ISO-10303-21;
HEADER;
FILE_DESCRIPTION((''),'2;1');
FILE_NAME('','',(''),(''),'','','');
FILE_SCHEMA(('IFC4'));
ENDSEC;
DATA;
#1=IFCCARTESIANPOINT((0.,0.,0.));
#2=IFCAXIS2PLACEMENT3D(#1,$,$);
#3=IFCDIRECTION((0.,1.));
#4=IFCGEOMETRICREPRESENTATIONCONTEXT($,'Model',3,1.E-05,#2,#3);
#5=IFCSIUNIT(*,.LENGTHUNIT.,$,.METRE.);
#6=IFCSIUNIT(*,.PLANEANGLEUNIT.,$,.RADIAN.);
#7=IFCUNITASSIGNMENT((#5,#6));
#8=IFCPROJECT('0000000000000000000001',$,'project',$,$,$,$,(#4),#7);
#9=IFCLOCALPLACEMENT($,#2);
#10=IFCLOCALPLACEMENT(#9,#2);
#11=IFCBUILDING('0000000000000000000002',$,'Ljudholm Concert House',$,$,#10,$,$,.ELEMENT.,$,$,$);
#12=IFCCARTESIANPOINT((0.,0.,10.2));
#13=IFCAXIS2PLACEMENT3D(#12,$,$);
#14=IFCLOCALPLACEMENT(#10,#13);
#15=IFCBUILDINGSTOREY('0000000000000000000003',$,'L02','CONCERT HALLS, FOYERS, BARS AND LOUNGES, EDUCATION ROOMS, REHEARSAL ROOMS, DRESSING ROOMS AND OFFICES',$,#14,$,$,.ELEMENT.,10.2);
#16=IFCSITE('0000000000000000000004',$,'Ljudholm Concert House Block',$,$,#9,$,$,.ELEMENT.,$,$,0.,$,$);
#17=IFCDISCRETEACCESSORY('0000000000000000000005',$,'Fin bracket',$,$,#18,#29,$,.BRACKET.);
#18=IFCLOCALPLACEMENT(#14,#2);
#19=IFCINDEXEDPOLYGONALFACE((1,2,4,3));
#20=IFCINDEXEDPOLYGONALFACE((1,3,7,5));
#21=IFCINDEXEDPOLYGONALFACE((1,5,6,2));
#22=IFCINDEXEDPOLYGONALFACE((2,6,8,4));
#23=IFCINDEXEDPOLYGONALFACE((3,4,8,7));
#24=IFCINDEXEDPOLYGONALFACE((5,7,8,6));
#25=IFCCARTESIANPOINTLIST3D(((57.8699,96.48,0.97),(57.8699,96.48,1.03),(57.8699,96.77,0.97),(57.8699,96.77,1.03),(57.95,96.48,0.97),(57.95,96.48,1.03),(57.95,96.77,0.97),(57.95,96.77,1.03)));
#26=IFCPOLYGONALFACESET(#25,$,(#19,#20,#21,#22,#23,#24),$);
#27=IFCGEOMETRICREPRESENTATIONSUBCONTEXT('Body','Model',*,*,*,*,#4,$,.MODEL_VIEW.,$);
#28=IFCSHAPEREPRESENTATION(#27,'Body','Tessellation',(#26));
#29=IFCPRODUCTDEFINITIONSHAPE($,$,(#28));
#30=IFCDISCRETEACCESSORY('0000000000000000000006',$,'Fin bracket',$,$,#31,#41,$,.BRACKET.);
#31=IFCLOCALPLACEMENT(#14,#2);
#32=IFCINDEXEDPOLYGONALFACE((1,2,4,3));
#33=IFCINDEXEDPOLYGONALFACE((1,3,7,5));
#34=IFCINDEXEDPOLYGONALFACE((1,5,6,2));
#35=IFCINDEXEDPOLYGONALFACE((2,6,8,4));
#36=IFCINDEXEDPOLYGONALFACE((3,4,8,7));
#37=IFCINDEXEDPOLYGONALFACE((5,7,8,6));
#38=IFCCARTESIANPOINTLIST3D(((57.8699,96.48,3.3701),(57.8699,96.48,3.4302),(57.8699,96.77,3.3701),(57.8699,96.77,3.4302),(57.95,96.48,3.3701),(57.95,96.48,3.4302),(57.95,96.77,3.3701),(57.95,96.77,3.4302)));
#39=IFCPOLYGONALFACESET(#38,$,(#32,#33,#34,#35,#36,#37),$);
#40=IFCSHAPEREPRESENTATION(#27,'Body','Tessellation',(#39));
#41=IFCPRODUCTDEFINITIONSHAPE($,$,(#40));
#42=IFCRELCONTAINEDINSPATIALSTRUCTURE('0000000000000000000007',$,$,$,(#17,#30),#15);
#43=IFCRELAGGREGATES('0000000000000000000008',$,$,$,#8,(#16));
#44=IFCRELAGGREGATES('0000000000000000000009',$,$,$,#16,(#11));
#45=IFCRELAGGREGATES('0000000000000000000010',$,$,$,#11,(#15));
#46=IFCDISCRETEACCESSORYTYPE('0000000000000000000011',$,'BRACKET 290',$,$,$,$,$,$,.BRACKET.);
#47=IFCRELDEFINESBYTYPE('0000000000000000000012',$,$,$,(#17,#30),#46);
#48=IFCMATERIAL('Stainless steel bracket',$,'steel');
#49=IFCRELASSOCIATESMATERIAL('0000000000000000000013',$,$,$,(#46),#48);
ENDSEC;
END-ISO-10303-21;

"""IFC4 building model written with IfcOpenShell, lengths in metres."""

from ifc_helpers import new_model, si_unit, direction, frame, origin, origin_2d, place, context, subcontext, project, spatial, rectangle, extrude, material, type_object, element, save


model = new_model("IFC4")

# Units and contexts
model_context = context("Model", 3, precision=1e-05, world=origin(), true_north=direction((0.0, 1.0)))
body_context = subcontext(model_context, "Body", "Model", "MODEL_VIEW")
ifc_project = project(units=[si_unit("LENGTHUNIT", "METRE"), si_unit("PLANEANGLEUNIT", "RADIAN")], contexts=[model_context])

# Site, building, storey
site_placement = place(None, origin())
site = spatial("IfcSite", under=ifc_project, at=site_placement, Name="Ljudholm Concert House Block", CompositionType="ELEMENT", RefElevation=0.0)
building_placement = place(site_placement, origin())
building = spatial("IfcBuilding", under=site, at=building_placement, Name="Ljudholm Concert House", CompositionType="ELEMENT")
storey_placement = place(building_placement, frame((0.0, 0.0, 10.2)))
storey = spatial("IfcBuildingStorey", under=building, at=storey_placement, Name="L02", Description="CONCERT HALLS, FOYERS, BARS AND LOUNGES, EDUCATION ROOMS, REHEARSAL ROOMS, DRESSING ROOMS AND OFFICES", CompositionType="ELEMENT", Elevation=10.2)

# Discrete accessories
ifc_material_1 = material(Name="Stainless steel bracket", Category="steel")
discrete_accessory_type = type_object("IfcDiscreteAccessoryType", Name="BRACKET 290", PredefinedType="BRACKET", material=ifc_material_1)
for number, where, z_axis, x_axis, name in (
    (1, (57.9099, 96.625, 0.97), (0.0, 0.0, 1.0), (0.0, 1.0, 0.0), "Fin bracket"),
    (2, (57.9099, 96.625, 3.3701), (0.0, 0.0, 1.0), (0.0, 1.0, 0.0), "Fin bracket"),
):
    element("IfcDiscreteAccessory", number, at=place(storey_placement, frame(where, z_axis=z_axis, x_axis=x_axis)), inside=storey, type_object=discrete_accessory_type, Name=name, PredefinedType="BRACKET", context=body_context, shape_type="SweptSolid", body=[
        extrude(rectangle(XDim=0.29, YDim=0.0801, at=origin_2d()), origin(), (0.0, 0.0, 1.0), 0.0601),
    ])

save(model, "model.ifc")
